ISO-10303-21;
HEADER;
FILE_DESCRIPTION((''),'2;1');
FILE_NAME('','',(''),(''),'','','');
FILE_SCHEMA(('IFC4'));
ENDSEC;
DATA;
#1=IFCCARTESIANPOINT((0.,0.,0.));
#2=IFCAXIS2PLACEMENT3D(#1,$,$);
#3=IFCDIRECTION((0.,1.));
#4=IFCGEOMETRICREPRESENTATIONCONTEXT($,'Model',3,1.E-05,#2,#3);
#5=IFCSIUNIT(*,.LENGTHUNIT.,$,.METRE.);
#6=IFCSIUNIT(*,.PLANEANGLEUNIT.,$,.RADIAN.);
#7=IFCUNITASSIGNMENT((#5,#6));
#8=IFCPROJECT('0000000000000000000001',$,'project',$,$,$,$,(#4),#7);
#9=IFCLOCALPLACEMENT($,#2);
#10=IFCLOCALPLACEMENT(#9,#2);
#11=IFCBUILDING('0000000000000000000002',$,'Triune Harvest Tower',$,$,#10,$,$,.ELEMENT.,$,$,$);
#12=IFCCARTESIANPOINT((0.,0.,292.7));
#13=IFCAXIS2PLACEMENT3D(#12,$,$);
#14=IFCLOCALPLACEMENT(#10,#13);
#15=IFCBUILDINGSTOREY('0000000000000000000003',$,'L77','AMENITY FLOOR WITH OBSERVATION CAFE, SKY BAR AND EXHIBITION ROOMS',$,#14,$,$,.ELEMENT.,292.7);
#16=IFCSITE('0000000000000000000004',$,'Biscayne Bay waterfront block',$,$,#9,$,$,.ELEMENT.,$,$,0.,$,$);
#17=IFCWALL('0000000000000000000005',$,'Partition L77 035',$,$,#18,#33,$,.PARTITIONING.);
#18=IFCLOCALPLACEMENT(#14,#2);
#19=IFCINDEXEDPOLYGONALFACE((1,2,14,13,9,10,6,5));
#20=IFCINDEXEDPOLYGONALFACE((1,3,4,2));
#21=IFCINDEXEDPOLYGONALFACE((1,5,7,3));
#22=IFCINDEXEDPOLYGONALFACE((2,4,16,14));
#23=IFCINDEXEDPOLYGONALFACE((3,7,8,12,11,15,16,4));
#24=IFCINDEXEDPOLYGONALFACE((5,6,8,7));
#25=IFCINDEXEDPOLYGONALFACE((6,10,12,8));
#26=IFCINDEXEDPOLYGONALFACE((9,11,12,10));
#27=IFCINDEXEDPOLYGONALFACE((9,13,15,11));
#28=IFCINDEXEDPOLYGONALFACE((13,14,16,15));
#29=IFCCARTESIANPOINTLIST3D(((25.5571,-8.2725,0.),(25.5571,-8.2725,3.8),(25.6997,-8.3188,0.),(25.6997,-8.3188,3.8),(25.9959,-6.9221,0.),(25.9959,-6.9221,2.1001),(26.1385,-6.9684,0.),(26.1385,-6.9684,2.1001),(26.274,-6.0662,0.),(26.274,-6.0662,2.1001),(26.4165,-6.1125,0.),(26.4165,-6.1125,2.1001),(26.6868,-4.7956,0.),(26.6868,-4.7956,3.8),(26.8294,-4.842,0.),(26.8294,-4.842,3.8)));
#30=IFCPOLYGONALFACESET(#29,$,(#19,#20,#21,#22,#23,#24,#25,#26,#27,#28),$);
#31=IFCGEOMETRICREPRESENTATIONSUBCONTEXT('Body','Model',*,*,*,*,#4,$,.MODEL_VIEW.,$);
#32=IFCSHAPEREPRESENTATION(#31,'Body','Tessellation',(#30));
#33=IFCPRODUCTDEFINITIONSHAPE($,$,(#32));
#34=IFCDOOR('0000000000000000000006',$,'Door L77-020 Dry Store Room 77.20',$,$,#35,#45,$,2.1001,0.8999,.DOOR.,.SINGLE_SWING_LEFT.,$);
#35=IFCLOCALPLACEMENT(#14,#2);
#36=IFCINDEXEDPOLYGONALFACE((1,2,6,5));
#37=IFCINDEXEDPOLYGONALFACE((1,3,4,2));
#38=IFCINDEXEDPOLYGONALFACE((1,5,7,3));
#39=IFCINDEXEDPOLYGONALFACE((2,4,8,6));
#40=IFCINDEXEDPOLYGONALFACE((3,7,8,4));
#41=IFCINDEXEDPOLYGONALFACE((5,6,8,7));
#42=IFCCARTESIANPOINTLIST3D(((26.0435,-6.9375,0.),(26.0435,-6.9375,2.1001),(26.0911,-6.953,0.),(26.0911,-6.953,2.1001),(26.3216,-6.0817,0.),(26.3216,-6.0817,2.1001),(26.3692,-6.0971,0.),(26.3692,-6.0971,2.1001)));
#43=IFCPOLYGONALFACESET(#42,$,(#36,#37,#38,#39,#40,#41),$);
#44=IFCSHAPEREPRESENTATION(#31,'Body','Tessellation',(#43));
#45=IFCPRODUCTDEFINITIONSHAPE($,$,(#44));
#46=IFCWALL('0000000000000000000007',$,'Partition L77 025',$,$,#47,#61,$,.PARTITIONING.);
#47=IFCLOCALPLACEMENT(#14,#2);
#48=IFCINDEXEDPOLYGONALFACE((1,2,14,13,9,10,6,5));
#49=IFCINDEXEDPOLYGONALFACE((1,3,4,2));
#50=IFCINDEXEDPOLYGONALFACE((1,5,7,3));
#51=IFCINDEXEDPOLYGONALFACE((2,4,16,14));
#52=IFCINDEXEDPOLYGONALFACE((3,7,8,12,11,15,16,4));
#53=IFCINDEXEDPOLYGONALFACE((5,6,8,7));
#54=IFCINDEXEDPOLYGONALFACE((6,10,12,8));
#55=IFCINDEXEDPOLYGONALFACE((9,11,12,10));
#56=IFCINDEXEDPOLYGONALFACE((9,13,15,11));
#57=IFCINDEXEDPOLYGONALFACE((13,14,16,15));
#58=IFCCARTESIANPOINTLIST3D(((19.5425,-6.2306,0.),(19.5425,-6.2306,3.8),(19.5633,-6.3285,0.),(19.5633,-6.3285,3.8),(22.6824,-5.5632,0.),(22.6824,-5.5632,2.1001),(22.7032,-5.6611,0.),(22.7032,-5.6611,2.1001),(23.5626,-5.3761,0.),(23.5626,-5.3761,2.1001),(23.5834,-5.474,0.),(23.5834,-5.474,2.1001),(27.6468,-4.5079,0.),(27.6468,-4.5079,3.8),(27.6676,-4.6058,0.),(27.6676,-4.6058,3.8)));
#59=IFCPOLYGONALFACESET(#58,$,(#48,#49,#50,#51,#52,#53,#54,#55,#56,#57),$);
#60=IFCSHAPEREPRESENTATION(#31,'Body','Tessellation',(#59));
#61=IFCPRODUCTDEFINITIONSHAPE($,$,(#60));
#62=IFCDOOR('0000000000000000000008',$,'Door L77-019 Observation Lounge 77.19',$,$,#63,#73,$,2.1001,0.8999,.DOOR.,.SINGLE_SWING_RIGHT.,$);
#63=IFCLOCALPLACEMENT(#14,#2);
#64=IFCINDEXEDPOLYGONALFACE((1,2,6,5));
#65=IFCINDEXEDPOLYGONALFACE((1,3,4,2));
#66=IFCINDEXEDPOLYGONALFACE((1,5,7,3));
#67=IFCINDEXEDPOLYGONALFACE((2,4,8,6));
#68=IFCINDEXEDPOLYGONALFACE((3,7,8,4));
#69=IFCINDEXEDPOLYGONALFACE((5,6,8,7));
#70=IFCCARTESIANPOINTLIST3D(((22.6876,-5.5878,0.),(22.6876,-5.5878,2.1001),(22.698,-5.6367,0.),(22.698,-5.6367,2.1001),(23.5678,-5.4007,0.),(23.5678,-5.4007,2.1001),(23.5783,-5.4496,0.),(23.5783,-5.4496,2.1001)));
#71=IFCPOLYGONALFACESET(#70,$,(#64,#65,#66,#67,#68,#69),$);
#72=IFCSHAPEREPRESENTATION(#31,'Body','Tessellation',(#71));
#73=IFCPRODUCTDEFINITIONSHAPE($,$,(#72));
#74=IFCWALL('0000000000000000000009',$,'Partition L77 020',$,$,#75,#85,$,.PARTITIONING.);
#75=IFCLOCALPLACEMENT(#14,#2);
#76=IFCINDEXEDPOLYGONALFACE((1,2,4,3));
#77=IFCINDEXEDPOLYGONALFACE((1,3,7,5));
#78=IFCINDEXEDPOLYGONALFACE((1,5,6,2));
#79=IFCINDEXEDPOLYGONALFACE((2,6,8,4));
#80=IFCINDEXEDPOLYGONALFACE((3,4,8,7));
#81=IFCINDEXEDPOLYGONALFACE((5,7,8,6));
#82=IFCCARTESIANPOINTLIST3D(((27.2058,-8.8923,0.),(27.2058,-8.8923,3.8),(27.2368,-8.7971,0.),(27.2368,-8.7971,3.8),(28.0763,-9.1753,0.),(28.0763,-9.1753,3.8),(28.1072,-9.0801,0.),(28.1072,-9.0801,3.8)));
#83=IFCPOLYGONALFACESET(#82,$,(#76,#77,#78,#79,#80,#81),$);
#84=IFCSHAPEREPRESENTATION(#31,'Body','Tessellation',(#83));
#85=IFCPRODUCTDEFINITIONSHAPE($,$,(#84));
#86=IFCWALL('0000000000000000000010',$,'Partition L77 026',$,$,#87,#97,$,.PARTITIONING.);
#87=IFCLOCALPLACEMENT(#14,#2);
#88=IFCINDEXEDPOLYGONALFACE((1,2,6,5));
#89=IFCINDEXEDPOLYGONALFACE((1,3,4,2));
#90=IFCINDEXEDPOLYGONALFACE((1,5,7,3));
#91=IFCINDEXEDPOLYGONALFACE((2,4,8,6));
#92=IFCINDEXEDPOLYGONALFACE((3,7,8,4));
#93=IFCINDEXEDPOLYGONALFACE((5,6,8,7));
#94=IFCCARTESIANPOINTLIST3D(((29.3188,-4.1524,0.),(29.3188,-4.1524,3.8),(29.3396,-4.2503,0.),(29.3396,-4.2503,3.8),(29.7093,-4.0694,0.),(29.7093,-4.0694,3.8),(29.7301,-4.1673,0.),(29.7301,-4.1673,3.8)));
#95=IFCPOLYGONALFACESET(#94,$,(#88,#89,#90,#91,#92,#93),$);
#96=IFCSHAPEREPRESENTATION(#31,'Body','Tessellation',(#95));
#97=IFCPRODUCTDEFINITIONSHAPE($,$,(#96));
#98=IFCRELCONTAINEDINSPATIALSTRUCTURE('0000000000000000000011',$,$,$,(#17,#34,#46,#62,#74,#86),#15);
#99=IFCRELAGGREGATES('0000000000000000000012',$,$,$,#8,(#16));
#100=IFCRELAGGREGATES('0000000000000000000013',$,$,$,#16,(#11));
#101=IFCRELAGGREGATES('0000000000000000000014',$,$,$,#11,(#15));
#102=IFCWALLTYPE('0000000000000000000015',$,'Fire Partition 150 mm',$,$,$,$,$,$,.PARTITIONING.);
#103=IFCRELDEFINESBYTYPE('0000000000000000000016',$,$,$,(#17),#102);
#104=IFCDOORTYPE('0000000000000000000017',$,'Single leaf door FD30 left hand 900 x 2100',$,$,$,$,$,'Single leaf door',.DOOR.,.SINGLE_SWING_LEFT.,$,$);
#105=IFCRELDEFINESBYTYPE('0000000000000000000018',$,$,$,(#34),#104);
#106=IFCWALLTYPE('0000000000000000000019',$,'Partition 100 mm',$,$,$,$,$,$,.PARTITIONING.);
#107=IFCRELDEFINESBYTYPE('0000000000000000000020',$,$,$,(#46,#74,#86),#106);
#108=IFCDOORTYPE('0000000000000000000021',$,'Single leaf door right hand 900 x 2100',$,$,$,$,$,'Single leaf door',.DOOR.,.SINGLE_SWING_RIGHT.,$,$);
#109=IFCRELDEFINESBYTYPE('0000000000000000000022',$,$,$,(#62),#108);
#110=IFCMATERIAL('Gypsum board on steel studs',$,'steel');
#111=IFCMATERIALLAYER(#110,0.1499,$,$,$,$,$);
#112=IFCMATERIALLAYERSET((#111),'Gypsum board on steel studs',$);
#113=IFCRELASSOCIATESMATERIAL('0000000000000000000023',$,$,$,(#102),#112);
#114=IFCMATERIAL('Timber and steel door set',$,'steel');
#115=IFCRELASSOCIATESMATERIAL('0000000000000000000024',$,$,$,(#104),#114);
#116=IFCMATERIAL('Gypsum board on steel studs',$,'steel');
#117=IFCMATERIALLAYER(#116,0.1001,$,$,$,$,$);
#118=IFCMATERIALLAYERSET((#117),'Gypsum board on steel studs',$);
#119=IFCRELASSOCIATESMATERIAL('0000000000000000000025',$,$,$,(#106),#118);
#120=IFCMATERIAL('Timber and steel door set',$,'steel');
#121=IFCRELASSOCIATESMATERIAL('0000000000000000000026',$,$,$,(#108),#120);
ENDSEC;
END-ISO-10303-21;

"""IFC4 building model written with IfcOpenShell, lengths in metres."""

from ifc_helpers import new_model, si_unit, direction, frame, frame_2d, origin, place, context, subcontext, project, spatial, rectangle, extrude, source, transform, mapped, material, layer, layer_set, type_object, element, fill, save


model = new_model("IFC4")

# Units and contexts
model_context = context("Model", 3, precision=1e-05, world=origin(), true_north=direction((0.0, 1.0)))
body_context = subcontext(model_context, "Body", "Model", "MODEL_VIEW")
ifc_project = project(units=[si_unit("LENGTHUNIT", "METRE"), si_unit("PLANEANGLEUNIT", "RADIAN")], contexts=[model_context])

# Site, building, storey
site_placement = place(None, origin())
site = spatial("IfcSite", under=ifc_project, at=site_placement, Name="Biscayne Bay waterfront block", CompositionType="ELEMENT", RefElevation=0.0)
building_placement = place(site_placement, origin())
building = spatial("IfcBuilding", under=site, at=building_placement, Name="Triune Harvest Tower", CompositionType="ELEMENT")
storey_placement = place(building_placement, frame((0.0, 0.0, 292.7)))
storey = spatial("IfcBuildingStorey", under=building, at=storey_placement, Name="L77", Description="AMENITY FLOOR WITH OBSERVATION CAFE, SKY BAR AND EXHIBITION ROOMS", CompositionType="ELEMENT", Elevation=292.7)

# Walls, openings, doors
ifc_material_1 = material(Name="Gypsum board on steel studs", Category="steel")
ifc_layer_1 = layer(ifc_material_1, 0.1499)
ifc_layer_set_1 = layer_set([ifc_layer_1], Name="Gypsum board on steel studs")
wall_type_1 = type_object("IfcWallType", Name="Fire Partition 150 mm", PredefinedType="PARTITIONING", material=ifc_layer_set_1)
wall_1_placement = place(storey_placement, frame((25.6284, -8.2957, 0.0), z_axis=(0.0, 0.0, 1.0), x_axis=(0.309006, 0.95106, 0.0)))
wall_1 = element("IfcWall", 1, at=wall_1_placement, inside=storey, type_object=wall_type_1, Name="Partition L77 035", PredefinedType="PARTITIONING", context=body_context, shape_type="SweptSolid", body=[
    extrude(rectangle(XDim=3.6558, YDim=0.1499, at=frame_2d((1.8279, 0.0))), origin(), (0.0, 0.0, 1.0), 3.8),
])
opening_1_placement = place(wall_1_placement, frame((1.4199, 0.0, 0.0)))
opening_1 = element("IfcOpeningElement", 2, at=opening_1_placement, cuts=wall_1, PredefinedType="OPENING", context=body_context, shape_type="SweptSolid", body=[
    extrude(rectangle(XDim=0.8999, YDim=2.1001, at=frame_2d((0.45, 1.05))), frame((0.0, 0.085, 0.0), z_axis=(0.0, -1.0, 0.0), x_axis=(1.0, 0.0, 0.0)), (0.0, 0.0, 1.0), 0.1699),
])
ifc_material_2 = material(Name="Timber and steel door set", Category="steel")
door_type_1 = type_object("IfcDoorType", Name="Single leaf door FD30 left hand 900 x 2100", ElementType="Single leaf door", OperationType="SINGLE_SWING_LEFT", PredefinedType="DOOR", material=ifc_material_2)
door_1_placement = place(opening_1_placement, origin())
door_1 = element("IfcDoor", 3, at=door_1_placement, inside=storey, type_object=door_type_1, Name="Door L77-020 Dry Store Room 77.20", OperationType="SINGLE_SWING_LEFT", OverallHeight=2.1001, OverallWidth=0.8999, PredefinedType="DOOR", context=body_context, shape_type="SweptSolid", body=[
    extrude(rectangle(XDim=0.8999, YDim=2.1001, at=frame_2d((0.45, 1.05))), frame((0.0, 0.0249, 0.0), z_axis=(0.0, -1.0, 0.0), x_axis=(1.0, 0.0, 0.0)), (0.0, 0.0, 1.0), 0.05),
])
fill(opening_1, door_1)
ifc_material_3 = material(Name="Gypsum board on steel studs", Category="steel")
ifc_layer_2 = layer(ifc_material_3, 0.1001)
ifc_layer_set_2 = layer_set([ifc_layer_2], Name="Gypsum board on steel studs")
wall_type_2 = type_object("IfcWallType", Name="Partition 100 mm", PredefinedType="PARTITIONING", material=ifc_layer_set_2)
wall_2_placement = place(storey_placement, frame((19.553, -6.2795, 0.0), z_axis=(0.0, 0.0, 1.0), x_axis=(0.978146, 0.207917, 0.0)))
wall_2 = element("IfcWall", 4, at=wall_2_placement, inside=storey, type_object=wall_type_2, Name="Partition L77 025", PredefinedType="PARTITIONING", context=body_context, shape_type="SweptSolid", body=[
    extrude(rectangle(XDim=8.2854, YDim=0.1001, at=frame_2d((4.1426, 0.0))), origin(), (0.0, 0.0, 1.0), 3.8),
])
opening_2_placement = place(wall_2_placement, frame((3.21, 0.0, 0.0)))
opening_2 = element("IfcOpeningElement", 5, at=opening_2_placement, cuts=wall_2, PredefinedType="OPENING", context=body_context, shape_type="SweptSolid", body=[
    extrude(rectangle(XDim=0.8999, YDim=2.1001, at=frame_2d((0.45, 1.05))), frame((0.0, 0.0601, 0.0), z_axis=(0.0, -1.0, 0.0), x_axis=(1.0, 0.0, 0.0)), (0.0, 0.0, 1.0), 0.1201),
])
ifc_material_4 = material(Name="Timber and steel door set", Category="steel")
door_type_2 = type_object("IfcDoorType", Name="Single leaf door right hand 900 x 2100", ElementType="Single leaf door", OperationType="SINGLE_SWING_RIGHT", PredefinedType="DOOR", material=ifc_material_4)
door_2_placement = place(opening_2_placement, origin())
door_2 = element("IfcDoor", 6, at=door_2_placement, inside=storey, type_object=door_type_2, Name="Door L77-019 Observation Lounge 77.19", OperationType="SINGLE_SWING_RIGHT", OverallHeight=2.1001, OverallWidth=0.8999, PredefinedType="DOOR", context=body_context, shape_type="SweptSolid", body=[
    extrude(rectangle(XDim=0.8999, YDim=2.1001, at=frame_2d((0.45, 1.05))), frame((0.0, 0.0249, 0.0), z_axis=(0.0, -1.0, 0.0), x_axis=(1.0, 0.0, 0.0)), (0.0, 0.0, 1.0), 0.05),
])
fill(opening_2, door_2)

# Walls
shared_shape_1 = source(origin(), body_context, "Body", "SweptSolid", [
    extrude(rectangle(XDim=0.9153, YDim=0.1001, at=frame_2d((0.4575, 0.0))), origin(), (0.0, 0.0, 1.0), 3.8),
])
wall_3_placement = place(storey_placement, frame((27.2214, -8.8447, 0.0), z_axis=(0.0, 0.0, 1.0), x_axis=(0.951005, -0.309177, 0.0)))
element("IfcWall", 7, at=wall_3_placement, inside=storey, type_object=wall_type_2, Name="Partition L77 020", PredefinedType="PARTITIONING", context=body_context, shape_type="MappedRepresentation", body=[
    mapped(shared_shape_1, transform((0.0, 0.0, 0.0), scale=1.0)),
])
shared_shape_2 = source(origin(), body_context, "Body", "SweptSolid", [
    extrude(rectangle(XDim=0.3992, YDim=0.1001, at=frame_2d((0.1997, 0.0))), origin(), (0.0, 0.0, 1.0), 3.8),
])
wall_4_placement = place(storey_placement, frame((29.3291, -4.2014, 0.0), z_axis=(0.0, 0.0, 1.0), x_axis=(0.978132, 0.207983, 0.0)))
element("IfcWall", 8, at=wall_4_placement, inside=storey, type_object=wall_type_2, Name="Partition L77 026", PredefinedType="PARTITIONING", context=body_context, shape_type="MappedRepresentation", body=[
    mapped(shared_shape_2, transform((0.0, 0.0, 0.0), scale=1.0)),
])

save(model, "model.ifc")
